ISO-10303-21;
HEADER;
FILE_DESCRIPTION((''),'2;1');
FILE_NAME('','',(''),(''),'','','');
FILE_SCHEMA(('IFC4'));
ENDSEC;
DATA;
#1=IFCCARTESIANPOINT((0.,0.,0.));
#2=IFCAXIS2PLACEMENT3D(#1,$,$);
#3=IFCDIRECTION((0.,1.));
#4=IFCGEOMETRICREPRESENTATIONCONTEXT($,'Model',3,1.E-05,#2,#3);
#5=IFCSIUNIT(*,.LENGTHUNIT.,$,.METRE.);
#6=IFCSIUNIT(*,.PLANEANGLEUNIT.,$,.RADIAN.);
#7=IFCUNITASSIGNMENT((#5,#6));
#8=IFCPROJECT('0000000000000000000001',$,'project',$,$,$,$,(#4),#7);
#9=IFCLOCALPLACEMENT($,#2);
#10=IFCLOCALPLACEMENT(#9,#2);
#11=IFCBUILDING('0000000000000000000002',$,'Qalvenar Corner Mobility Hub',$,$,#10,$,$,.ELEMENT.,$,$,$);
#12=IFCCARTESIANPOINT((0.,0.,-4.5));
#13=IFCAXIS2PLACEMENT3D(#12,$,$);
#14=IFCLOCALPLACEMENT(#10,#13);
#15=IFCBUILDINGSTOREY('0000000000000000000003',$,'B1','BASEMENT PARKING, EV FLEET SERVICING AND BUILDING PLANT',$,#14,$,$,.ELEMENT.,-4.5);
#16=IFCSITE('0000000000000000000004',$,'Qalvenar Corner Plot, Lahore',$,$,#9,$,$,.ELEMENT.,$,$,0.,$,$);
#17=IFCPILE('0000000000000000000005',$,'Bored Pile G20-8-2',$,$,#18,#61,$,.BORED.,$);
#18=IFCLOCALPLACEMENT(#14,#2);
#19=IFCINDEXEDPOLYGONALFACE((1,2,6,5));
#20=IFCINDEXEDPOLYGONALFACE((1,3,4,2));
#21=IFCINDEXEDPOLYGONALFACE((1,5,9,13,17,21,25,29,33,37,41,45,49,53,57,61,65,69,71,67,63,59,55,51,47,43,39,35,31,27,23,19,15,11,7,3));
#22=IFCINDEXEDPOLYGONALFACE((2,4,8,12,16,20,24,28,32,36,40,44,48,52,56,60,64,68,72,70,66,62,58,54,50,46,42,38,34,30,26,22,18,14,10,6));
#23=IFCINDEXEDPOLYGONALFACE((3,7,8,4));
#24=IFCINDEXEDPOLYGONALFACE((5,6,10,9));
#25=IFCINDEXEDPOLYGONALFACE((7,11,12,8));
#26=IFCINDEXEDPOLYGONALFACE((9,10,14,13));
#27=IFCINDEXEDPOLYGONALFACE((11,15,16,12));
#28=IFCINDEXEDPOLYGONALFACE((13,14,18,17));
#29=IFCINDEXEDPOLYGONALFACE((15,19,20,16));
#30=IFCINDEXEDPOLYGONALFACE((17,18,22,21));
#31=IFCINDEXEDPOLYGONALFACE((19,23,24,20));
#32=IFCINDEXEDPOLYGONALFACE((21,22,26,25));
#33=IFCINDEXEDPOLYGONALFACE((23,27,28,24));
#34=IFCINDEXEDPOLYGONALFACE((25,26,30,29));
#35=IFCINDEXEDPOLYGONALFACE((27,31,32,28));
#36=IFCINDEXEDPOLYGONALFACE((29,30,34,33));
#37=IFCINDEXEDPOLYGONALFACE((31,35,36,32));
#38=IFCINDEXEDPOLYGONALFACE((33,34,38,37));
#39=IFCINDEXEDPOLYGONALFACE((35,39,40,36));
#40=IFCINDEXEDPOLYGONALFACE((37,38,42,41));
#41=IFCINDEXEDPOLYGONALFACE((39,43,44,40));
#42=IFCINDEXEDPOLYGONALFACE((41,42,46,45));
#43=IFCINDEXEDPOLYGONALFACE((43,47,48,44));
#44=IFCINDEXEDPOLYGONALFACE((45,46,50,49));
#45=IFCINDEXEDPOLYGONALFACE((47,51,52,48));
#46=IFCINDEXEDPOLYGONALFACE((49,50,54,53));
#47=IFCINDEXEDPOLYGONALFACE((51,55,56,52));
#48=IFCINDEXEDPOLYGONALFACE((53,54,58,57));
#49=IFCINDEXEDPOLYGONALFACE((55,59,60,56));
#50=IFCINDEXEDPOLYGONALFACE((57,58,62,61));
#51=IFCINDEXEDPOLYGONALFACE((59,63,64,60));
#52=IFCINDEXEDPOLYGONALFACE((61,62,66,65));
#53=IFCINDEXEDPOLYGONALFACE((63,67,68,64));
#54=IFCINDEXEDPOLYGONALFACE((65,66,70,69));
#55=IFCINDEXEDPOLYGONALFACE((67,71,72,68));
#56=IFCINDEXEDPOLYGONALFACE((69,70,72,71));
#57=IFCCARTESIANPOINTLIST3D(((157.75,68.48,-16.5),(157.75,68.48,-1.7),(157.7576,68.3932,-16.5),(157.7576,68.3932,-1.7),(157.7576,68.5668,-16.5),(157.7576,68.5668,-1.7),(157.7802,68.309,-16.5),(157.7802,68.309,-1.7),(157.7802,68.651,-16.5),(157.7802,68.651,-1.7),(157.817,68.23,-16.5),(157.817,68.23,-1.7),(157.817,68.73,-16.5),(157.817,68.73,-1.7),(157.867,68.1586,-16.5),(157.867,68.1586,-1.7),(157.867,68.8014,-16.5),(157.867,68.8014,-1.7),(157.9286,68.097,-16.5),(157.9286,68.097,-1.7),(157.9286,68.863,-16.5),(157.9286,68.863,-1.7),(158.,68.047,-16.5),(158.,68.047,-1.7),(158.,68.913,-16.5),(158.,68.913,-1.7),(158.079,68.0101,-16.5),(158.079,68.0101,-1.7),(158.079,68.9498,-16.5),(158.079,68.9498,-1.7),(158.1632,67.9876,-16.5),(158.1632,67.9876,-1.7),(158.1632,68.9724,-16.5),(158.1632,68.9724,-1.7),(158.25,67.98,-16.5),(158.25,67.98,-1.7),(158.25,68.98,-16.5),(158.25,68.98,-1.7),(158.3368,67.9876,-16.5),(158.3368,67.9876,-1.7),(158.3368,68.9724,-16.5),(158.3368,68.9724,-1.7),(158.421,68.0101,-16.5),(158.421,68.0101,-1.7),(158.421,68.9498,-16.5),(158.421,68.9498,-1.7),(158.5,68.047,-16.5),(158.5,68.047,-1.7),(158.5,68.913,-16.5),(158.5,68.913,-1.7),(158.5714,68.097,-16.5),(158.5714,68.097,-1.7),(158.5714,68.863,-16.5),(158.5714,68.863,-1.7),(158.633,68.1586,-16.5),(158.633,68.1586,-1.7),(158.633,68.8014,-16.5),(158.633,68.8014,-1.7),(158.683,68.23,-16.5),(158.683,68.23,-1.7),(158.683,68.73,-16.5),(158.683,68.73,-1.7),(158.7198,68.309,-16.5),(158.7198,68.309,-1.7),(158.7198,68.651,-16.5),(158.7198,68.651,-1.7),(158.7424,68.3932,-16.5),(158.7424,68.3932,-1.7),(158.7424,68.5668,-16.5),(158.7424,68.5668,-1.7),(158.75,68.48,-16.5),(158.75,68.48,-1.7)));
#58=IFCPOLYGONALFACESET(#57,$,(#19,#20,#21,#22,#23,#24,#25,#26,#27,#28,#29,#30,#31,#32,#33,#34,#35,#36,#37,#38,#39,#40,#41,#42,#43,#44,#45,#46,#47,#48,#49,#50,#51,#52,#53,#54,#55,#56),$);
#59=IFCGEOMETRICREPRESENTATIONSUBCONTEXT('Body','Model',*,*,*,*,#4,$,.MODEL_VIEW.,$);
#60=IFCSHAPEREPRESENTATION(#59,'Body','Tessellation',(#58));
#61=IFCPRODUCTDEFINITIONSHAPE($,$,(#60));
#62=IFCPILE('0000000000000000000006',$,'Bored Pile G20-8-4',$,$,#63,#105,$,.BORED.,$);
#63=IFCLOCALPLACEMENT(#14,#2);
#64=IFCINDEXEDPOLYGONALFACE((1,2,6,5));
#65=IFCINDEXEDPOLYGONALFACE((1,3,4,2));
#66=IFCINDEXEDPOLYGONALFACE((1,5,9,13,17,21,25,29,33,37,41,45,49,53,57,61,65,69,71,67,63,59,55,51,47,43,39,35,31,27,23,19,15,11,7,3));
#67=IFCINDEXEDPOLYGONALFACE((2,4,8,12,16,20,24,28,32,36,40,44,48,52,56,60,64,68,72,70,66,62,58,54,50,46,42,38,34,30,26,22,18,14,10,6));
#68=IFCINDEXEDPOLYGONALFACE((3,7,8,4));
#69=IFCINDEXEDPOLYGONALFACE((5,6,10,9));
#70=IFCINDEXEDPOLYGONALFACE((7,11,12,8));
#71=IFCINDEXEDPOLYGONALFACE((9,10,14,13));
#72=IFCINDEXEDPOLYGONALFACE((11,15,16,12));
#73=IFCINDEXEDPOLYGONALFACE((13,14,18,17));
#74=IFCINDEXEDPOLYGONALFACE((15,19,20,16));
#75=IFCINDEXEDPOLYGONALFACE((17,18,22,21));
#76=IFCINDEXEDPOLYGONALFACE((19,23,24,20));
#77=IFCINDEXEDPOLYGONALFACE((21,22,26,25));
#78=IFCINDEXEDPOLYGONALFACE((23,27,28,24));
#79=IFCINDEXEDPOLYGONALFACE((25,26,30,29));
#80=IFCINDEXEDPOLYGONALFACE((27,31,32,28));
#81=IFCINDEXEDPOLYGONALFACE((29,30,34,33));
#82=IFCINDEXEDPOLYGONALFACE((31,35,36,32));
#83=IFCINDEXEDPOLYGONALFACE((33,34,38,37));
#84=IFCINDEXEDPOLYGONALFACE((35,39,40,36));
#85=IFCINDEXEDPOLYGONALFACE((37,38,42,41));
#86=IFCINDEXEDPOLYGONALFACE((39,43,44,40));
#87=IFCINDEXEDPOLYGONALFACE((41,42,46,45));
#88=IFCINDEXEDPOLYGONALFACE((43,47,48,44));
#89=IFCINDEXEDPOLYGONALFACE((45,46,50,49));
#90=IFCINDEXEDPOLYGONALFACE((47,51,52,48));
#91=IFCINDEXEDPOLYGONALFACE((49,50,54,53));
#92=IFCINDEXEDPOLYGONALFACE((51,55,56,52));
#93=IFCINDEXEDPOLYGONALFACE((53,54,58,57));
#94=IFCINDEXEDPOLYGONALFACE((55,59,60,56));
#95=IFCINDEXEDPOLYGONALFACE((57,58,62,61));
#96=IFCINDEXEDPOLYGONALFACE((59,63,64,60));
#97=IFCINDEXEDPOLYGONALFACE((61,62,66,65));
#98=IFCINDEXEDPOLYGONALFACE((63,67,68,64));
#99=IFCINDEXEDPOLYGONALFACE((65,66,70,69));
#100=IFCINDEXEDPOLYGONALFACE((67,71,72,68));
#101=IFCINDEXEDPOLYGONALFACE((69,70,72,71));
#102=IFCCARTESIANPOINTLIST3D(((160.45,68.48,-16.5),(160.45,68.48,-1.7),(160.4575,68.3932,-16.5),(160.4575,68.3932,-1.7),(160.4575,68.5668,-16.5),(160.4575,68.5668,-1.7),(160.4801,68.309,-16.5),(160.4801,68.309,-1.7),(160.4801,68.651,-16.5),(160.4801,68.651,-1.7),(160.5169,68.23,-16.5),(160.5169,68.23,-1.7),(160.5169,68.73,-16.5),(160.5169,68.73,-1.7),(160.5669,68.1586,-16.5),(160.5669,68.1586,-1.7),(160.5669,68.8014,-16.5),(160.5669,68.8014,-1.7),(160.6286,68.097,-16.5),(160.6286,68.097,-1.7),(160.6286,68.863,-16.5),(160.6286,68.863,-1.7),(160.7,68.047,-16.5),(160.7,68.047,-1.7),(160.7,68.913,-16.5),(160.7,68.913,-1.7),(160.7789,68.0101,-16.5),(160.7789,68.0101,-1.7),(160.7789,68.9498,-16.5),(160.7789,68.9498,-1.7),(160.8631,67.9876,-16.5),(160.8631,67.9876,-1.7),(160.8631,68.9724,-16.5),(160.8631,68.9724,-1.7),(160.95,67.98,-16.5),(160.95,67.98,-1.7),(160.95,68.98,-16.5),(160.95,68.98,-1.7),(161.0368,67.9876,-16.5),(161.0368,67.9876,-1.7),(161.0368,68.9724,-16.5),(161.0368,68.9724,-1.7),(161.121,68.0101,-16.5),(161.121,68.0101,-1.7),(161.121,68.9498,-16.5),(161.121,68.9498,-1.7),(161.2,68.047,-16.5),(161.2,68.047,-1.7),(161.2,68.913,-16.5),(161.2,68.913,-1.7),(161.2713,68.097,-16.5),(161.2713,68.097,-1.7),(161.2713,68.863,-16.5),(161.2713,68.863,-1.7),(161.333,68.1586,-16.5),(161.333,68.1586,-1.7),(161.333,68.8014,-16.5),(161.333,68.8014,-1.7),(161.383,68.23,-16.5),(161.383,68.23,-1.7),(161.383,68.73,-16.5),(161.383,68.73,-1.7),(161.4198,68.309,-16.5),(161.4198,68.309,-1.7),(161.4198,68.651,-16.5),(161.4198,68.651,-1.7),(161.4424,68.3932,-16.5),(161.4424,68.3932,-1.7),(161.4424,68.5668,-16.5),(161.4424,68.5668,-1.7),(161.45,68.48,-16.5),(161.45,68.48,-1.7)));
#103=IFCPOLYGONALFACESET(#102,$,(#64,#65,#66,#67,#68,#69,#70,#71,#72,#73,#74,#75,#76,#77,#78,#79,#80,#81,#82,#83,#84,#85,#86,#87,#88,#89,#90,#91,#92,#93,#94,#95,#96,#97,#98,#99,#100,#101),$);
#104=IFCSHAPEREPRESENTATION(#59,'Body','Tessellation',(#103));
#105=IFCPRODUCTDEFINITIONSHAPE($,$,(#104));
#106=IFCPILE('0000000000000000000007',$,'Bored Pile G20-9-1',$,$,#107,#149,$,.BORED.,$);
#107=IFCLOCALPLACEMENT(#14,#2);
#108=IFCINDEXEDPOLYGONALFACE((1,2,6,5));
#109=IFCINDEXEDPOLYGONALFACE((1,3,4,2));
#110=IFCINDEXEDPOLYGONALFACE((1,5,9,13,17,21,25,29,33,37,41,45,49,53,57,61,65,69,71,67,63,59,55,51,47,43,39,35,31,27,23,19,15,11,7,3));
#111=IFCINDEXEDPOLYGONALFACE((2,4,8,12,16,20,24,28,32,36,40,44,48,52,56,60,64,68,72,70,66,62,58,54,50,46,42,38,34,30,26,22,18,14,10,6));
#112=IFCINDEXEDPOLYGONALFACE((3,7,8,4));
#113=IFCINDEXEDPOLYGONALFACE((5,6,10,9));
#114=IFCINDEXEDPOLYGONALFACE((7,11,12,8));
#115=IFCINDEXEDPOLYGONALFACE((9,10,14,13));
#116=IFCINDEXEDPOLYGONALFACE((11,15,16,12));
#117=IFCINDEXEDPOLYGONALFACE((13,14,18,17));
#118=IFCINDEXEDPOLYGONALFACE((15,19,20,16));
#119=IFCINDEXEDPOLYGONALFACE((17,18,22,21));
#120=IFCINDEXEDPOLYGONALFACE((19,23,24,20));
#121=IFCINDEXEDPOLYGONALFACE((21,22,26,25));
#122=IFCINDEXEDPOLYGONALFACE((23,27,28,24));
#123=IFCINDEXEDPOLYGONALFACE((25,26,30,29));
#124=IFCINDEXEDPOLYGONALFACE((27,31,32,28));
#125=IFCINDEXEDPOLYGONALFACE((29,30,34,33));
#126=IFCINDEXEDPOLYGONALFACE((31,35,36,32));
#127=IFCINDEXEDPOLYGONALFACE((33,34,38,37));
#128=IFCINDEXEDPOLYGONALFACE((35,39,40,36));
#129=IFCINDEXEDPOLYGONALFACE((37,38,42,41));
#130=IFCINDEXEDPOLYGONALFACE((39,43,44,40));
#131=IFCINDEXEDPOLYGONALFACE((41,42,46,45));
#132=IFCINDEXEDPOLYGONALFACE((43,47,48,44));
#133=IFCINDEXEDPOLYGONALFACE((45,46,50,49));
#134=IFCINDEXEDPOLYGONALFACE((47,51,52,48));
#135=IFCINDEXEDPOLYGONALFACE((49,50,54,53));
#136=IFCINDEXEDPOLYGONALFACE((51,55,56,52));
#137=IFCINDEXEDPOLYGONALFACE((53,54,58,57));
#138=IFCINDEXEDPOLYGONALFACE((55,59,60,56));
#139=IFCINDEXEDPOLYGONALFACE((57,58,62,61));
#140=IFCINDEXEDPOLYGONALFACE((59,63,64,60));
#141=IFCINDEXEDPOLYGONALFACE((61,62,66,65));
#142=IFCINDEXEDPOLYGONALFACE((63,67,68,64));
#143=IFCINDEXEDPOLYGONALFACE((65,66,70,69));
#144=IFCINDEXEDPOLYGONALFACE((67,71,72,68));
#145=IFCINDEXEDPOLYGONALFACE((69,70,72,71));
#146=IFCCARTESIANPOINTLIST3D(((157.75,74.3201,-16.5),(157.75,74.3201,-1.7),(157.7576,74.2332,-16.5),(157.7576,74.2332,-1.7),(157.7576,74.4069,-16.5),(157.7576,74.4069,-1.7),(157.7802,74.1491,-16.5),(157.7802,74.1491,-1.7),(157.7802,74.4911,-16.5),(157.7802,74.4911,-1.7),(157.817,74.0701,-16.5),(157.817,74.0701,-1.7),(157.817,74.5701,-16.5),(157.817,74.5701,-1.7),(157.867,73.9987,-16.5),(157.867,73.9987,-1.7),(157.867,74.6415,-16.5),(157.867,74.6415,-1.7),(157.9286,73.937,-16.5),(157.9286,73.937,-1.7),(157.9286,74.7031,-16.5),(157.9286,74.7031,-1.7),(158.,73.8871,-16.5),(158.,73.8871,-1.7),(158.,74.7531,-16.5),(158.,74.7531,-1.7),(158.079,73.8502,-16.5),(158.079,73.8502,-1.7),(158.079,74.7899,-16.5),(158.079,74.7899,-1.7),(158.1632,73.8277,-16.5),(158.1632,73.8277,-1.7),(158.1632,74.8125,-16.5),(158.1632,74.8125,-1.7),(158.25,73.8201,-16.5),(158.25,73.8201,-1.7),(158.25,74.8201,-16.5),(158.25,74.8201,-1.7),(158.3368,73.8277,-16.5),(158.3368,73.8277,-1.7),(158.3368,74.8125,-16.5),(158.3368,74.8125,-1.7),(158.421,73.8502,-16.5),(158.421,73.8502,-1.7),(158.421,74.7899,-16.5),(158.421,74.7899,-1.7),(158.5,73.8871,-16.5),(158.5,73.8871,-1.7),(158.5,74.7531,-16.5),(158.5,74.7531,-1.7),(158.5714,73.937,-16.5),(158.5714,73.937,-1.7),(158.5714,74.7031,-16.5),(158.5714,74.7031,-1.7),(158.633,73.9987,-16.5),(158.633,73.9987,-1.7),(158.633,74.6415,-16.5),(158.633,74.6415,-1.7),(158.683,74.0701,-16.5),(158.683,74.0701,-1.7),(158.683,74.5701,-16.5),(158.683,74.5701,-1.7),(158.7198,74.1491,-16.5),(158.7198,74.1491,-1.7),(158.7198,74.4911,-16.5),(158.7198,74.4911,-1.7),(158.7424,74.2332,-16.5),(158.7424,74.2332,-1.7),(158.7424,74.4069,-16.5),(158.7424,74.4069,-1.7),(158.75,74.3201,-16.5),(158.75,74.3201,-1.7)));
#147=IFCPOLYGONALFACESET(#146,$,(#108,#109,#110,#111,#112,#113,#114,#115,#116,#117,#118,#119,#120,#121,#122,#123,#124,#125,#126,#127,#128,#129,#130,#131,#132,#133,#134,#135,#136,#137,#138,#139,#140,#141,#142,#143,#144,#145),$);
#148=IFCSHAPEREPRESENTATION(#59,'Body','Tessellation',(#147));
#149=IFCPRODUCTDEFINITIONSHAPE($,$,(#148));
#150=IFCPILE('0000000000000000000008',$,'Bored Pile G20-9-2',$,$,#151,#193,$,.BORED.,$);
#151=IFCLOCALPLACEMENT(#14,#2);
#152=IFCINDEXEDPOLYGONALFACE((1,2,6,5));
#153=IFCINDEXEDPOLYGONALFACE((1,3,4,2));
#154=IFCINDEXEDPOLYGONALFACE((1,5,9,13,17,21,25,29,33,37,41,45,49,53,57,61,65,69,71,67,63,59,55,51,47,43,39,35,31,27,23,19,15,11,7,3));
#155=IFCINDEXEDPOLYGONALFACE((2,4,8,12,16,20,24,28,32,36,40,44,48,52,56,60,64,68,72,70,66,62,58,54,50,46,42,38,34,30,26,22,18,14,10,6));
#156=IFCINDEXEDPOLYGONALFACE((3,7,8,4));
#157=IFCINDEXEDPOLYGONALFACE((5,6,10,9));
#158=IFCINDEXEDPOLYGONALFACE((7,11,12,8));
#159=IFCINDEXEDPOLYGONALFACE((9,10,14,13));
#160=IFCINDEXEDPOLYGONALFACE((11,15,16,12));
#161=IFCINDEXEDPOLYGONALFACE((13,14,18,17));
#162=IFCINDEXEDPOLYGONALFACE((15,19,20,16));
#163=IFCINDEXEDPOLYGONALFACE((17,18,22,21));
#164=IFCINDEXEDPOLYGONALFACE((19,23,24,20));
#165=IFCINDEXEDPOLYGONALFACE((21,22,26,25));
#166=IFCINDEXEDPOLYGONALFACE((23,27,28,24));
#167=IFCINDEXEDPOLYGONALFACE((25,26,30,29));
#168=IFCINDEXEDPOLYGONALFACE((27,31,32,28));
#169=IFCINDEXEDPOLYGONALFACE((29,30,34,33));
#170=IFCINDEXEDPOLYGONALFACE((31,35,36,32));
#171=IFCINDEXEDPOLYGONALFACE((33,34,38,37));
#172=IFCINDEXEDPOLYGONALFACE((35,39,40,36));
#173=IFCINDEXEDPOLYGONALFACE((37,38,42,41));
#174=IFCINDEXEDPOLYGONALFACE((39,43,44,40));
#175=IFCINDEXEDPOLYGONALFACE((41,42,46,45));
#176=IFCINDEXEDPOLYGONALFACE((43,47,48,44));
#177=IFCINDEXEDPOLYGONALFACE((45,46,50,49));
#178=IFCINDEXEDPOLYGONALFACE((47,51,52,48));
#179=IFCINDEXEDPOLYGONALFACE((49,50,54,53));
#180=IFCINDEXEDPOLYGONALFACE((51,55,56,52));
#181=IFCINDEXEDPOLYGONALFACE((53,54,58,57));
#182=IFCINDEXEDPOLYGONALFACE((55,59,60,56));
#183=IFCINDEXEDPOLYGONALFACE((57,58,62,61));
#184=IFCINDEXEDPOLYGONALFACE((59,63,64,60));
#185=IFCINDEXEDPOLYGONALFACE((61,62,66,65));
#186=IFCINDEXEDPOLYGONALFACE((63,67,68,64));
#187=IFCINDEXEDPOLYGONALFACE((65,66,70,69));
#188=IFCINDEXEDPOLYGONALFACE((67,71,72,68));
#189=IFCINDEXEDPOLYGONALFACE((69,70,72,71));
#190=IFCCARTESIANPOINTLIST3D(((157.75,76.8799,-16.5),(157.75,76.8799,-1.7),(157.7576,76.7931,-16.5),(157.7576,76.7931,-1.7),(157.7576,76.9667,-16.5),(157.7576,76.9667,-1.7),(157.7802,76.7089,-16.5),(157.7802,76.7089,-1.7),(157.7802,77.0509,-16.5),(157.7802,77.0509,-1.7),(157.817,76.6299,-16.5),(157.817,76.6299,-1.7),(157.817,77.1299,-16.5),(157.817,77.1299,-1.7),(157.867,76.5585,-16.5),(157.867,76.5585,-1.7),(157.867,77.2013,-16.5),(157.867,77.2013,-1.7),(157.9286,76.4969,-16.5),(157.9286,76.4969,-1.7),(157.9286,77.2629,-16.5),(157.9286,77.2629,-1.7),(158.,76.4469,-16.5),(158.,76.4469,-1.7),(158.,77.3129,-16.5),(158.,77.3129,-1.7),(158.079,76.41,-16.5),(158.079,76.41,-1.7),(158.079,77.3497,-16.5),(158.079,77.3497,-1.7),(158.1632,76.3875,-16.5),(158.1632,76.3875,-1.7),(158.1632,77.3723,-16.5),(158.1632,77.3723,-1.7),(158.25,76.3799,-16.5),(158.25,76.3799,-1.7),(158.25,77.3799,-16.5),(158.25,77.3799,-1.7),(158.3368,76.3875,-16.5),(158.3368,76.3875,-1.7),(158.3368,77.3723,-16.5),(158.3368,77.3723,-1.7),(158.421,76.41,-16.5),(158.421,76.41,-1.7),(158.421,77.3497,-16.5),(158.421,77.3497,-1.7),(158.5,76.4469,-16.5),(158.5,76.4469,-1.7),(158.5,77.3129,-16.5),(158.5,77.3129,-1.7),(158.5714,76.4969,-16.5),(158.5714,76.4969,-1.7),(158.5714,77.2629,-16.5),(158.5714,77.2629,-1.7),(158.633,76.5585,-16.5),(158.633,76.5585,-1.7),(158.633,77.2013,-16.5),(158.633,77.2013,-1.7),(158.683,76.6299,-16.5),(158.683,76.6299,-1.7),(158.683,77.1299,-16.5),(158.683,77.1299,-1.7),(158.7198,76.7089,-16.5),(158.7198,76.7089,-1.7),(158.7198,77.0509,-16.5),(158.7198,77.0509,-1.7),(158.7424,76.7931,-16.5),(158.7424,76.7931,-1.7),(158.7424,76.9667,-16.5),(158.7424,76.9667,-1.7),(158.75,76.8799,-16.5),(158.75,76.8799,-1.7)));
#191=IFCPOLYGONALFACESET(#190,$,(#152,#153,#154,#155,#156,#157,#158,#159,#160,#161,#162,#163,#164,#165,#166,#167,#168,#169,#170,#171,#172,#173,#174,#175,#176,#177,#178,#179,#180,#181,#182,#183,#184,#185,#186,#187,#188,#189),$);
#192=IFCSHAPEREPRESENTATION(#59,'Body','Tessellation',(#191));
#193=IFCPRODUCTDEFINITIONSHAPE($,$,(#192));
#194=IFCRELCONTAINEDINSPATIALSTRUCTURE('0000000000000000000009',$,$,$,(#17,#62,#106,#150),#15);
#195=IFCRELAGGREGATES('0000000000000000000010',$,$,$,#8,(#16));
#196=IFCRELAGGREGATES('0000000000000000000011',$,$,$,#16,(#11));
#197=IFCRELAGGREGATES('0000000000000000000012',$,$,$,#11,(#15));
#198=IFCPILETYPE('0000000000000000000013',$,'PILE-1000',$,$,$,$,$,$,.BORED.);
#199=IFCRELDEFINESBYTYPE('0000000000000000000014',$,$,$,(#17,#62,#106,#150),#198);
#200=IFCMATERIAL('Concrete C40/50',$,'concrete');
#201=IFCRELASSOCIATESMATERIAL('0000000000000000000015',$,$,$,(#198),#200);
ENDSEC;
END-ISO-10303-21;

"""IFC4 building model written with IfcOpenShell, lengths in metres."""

from ifc_helpers import new_model, si_unit, direction, frame, origin, origin_2d, place, context, subcontext, project, spatial, circle, extrude, material, material_profile, profile_set, type_object, element, save


model = new_model("IFC4")

# Units and contexts
model_context = context("Model", 3, precision=1e-05, world=origin(), true_north=direction((0.0, 1.0)))
body_context = subcontext(model_context, "Body", "Model", "MODEL_VIEW")
ifc_project = project(units=[si_unit("LENGTHUNIT", "METRE"), si_unit("PLANEANGLEUNIT", "RADIAN")], contexts=[model_context])

# Site, building, storey
site_placement = place(None, origin())
site = spatial("IfcSite", under=ifc_project, at=site_placement, Name="Qalvenar Corner Plot, Lahore", CompositionType="ELEMENT", RefElevation=0.0)
building_placement = place(site_placement, origin())
building = spatial("IfcBuilding", under=site, at=building_placement, Name="Qalvenar Corner Mobility Hub", CompositionType="ELEMENT")
storey_placement = place(building_placement, frame((0.0, 0.0, -4.5)))
storey = spatial("IfcBuildingStorey", under=building, at=storey_placement, Name="B1", Description="BASEMENT PARKING, EV FLEET SERVICING AND BUILDING PLANT", CompositionType="ELEMENT", Elevation=-4.5)

# Shared definitions
ifc_material_1 = material(Name="Concrete C40/50", Category="concrete")

# Piles
ifc_material_profile_1 = material_profile(ifc_material_1, circle(Radius=0.5, at=origin_2d()), Name="DIA1000")
ifc_profile_set_1 = profile_set([ifc_material_profile_1], Name="Concrete C40/50")
pile_type = type_object("IfcPileType", Name="PILE-1000", PredefinedType="BORED", material=ifc_profile_set_1)
for number, where, z_axis, x_axis, name in (
    (1, (158.25, 68.48, -1.7), (0.0, 0.0, -1.0), (1.0, 0.0, 0.0), "Bored Pile G20-8-2"),
    (2, (160.95, 68.48, -1.7), (0.0, 0.0, -1.0), (1.0, 0.0, 0.0), "Bored Pile G20-8-4"),
    (3, (158.25, 74.3201, -1.7), (0.0, 0.0, -1.0), (1.0, 0.0, 0.0), "Bored Pile G20-9-1"),
    (4, (158.25, 76.8799, -1.7), (0.0, 0.0, -1.0), (1.0, 0.0, 0.0), "Bored Pile G20-9-2"),
):
    element("IfcPile", number, at=place(storey_placement, frame(where, z_axis=z_axis, x_axis=x_axis)), inside=storey, type_object=pile_type, Name=name, PredefinedType="BORED", context=body_context, shape_type="SweptSolid", body=[
        extrude(circle(Radius=0.5, at=origin_2d()), origin(), (0.0, 0.0, 1.0), 14.8),
    ])

save(model, "model.ifc")
